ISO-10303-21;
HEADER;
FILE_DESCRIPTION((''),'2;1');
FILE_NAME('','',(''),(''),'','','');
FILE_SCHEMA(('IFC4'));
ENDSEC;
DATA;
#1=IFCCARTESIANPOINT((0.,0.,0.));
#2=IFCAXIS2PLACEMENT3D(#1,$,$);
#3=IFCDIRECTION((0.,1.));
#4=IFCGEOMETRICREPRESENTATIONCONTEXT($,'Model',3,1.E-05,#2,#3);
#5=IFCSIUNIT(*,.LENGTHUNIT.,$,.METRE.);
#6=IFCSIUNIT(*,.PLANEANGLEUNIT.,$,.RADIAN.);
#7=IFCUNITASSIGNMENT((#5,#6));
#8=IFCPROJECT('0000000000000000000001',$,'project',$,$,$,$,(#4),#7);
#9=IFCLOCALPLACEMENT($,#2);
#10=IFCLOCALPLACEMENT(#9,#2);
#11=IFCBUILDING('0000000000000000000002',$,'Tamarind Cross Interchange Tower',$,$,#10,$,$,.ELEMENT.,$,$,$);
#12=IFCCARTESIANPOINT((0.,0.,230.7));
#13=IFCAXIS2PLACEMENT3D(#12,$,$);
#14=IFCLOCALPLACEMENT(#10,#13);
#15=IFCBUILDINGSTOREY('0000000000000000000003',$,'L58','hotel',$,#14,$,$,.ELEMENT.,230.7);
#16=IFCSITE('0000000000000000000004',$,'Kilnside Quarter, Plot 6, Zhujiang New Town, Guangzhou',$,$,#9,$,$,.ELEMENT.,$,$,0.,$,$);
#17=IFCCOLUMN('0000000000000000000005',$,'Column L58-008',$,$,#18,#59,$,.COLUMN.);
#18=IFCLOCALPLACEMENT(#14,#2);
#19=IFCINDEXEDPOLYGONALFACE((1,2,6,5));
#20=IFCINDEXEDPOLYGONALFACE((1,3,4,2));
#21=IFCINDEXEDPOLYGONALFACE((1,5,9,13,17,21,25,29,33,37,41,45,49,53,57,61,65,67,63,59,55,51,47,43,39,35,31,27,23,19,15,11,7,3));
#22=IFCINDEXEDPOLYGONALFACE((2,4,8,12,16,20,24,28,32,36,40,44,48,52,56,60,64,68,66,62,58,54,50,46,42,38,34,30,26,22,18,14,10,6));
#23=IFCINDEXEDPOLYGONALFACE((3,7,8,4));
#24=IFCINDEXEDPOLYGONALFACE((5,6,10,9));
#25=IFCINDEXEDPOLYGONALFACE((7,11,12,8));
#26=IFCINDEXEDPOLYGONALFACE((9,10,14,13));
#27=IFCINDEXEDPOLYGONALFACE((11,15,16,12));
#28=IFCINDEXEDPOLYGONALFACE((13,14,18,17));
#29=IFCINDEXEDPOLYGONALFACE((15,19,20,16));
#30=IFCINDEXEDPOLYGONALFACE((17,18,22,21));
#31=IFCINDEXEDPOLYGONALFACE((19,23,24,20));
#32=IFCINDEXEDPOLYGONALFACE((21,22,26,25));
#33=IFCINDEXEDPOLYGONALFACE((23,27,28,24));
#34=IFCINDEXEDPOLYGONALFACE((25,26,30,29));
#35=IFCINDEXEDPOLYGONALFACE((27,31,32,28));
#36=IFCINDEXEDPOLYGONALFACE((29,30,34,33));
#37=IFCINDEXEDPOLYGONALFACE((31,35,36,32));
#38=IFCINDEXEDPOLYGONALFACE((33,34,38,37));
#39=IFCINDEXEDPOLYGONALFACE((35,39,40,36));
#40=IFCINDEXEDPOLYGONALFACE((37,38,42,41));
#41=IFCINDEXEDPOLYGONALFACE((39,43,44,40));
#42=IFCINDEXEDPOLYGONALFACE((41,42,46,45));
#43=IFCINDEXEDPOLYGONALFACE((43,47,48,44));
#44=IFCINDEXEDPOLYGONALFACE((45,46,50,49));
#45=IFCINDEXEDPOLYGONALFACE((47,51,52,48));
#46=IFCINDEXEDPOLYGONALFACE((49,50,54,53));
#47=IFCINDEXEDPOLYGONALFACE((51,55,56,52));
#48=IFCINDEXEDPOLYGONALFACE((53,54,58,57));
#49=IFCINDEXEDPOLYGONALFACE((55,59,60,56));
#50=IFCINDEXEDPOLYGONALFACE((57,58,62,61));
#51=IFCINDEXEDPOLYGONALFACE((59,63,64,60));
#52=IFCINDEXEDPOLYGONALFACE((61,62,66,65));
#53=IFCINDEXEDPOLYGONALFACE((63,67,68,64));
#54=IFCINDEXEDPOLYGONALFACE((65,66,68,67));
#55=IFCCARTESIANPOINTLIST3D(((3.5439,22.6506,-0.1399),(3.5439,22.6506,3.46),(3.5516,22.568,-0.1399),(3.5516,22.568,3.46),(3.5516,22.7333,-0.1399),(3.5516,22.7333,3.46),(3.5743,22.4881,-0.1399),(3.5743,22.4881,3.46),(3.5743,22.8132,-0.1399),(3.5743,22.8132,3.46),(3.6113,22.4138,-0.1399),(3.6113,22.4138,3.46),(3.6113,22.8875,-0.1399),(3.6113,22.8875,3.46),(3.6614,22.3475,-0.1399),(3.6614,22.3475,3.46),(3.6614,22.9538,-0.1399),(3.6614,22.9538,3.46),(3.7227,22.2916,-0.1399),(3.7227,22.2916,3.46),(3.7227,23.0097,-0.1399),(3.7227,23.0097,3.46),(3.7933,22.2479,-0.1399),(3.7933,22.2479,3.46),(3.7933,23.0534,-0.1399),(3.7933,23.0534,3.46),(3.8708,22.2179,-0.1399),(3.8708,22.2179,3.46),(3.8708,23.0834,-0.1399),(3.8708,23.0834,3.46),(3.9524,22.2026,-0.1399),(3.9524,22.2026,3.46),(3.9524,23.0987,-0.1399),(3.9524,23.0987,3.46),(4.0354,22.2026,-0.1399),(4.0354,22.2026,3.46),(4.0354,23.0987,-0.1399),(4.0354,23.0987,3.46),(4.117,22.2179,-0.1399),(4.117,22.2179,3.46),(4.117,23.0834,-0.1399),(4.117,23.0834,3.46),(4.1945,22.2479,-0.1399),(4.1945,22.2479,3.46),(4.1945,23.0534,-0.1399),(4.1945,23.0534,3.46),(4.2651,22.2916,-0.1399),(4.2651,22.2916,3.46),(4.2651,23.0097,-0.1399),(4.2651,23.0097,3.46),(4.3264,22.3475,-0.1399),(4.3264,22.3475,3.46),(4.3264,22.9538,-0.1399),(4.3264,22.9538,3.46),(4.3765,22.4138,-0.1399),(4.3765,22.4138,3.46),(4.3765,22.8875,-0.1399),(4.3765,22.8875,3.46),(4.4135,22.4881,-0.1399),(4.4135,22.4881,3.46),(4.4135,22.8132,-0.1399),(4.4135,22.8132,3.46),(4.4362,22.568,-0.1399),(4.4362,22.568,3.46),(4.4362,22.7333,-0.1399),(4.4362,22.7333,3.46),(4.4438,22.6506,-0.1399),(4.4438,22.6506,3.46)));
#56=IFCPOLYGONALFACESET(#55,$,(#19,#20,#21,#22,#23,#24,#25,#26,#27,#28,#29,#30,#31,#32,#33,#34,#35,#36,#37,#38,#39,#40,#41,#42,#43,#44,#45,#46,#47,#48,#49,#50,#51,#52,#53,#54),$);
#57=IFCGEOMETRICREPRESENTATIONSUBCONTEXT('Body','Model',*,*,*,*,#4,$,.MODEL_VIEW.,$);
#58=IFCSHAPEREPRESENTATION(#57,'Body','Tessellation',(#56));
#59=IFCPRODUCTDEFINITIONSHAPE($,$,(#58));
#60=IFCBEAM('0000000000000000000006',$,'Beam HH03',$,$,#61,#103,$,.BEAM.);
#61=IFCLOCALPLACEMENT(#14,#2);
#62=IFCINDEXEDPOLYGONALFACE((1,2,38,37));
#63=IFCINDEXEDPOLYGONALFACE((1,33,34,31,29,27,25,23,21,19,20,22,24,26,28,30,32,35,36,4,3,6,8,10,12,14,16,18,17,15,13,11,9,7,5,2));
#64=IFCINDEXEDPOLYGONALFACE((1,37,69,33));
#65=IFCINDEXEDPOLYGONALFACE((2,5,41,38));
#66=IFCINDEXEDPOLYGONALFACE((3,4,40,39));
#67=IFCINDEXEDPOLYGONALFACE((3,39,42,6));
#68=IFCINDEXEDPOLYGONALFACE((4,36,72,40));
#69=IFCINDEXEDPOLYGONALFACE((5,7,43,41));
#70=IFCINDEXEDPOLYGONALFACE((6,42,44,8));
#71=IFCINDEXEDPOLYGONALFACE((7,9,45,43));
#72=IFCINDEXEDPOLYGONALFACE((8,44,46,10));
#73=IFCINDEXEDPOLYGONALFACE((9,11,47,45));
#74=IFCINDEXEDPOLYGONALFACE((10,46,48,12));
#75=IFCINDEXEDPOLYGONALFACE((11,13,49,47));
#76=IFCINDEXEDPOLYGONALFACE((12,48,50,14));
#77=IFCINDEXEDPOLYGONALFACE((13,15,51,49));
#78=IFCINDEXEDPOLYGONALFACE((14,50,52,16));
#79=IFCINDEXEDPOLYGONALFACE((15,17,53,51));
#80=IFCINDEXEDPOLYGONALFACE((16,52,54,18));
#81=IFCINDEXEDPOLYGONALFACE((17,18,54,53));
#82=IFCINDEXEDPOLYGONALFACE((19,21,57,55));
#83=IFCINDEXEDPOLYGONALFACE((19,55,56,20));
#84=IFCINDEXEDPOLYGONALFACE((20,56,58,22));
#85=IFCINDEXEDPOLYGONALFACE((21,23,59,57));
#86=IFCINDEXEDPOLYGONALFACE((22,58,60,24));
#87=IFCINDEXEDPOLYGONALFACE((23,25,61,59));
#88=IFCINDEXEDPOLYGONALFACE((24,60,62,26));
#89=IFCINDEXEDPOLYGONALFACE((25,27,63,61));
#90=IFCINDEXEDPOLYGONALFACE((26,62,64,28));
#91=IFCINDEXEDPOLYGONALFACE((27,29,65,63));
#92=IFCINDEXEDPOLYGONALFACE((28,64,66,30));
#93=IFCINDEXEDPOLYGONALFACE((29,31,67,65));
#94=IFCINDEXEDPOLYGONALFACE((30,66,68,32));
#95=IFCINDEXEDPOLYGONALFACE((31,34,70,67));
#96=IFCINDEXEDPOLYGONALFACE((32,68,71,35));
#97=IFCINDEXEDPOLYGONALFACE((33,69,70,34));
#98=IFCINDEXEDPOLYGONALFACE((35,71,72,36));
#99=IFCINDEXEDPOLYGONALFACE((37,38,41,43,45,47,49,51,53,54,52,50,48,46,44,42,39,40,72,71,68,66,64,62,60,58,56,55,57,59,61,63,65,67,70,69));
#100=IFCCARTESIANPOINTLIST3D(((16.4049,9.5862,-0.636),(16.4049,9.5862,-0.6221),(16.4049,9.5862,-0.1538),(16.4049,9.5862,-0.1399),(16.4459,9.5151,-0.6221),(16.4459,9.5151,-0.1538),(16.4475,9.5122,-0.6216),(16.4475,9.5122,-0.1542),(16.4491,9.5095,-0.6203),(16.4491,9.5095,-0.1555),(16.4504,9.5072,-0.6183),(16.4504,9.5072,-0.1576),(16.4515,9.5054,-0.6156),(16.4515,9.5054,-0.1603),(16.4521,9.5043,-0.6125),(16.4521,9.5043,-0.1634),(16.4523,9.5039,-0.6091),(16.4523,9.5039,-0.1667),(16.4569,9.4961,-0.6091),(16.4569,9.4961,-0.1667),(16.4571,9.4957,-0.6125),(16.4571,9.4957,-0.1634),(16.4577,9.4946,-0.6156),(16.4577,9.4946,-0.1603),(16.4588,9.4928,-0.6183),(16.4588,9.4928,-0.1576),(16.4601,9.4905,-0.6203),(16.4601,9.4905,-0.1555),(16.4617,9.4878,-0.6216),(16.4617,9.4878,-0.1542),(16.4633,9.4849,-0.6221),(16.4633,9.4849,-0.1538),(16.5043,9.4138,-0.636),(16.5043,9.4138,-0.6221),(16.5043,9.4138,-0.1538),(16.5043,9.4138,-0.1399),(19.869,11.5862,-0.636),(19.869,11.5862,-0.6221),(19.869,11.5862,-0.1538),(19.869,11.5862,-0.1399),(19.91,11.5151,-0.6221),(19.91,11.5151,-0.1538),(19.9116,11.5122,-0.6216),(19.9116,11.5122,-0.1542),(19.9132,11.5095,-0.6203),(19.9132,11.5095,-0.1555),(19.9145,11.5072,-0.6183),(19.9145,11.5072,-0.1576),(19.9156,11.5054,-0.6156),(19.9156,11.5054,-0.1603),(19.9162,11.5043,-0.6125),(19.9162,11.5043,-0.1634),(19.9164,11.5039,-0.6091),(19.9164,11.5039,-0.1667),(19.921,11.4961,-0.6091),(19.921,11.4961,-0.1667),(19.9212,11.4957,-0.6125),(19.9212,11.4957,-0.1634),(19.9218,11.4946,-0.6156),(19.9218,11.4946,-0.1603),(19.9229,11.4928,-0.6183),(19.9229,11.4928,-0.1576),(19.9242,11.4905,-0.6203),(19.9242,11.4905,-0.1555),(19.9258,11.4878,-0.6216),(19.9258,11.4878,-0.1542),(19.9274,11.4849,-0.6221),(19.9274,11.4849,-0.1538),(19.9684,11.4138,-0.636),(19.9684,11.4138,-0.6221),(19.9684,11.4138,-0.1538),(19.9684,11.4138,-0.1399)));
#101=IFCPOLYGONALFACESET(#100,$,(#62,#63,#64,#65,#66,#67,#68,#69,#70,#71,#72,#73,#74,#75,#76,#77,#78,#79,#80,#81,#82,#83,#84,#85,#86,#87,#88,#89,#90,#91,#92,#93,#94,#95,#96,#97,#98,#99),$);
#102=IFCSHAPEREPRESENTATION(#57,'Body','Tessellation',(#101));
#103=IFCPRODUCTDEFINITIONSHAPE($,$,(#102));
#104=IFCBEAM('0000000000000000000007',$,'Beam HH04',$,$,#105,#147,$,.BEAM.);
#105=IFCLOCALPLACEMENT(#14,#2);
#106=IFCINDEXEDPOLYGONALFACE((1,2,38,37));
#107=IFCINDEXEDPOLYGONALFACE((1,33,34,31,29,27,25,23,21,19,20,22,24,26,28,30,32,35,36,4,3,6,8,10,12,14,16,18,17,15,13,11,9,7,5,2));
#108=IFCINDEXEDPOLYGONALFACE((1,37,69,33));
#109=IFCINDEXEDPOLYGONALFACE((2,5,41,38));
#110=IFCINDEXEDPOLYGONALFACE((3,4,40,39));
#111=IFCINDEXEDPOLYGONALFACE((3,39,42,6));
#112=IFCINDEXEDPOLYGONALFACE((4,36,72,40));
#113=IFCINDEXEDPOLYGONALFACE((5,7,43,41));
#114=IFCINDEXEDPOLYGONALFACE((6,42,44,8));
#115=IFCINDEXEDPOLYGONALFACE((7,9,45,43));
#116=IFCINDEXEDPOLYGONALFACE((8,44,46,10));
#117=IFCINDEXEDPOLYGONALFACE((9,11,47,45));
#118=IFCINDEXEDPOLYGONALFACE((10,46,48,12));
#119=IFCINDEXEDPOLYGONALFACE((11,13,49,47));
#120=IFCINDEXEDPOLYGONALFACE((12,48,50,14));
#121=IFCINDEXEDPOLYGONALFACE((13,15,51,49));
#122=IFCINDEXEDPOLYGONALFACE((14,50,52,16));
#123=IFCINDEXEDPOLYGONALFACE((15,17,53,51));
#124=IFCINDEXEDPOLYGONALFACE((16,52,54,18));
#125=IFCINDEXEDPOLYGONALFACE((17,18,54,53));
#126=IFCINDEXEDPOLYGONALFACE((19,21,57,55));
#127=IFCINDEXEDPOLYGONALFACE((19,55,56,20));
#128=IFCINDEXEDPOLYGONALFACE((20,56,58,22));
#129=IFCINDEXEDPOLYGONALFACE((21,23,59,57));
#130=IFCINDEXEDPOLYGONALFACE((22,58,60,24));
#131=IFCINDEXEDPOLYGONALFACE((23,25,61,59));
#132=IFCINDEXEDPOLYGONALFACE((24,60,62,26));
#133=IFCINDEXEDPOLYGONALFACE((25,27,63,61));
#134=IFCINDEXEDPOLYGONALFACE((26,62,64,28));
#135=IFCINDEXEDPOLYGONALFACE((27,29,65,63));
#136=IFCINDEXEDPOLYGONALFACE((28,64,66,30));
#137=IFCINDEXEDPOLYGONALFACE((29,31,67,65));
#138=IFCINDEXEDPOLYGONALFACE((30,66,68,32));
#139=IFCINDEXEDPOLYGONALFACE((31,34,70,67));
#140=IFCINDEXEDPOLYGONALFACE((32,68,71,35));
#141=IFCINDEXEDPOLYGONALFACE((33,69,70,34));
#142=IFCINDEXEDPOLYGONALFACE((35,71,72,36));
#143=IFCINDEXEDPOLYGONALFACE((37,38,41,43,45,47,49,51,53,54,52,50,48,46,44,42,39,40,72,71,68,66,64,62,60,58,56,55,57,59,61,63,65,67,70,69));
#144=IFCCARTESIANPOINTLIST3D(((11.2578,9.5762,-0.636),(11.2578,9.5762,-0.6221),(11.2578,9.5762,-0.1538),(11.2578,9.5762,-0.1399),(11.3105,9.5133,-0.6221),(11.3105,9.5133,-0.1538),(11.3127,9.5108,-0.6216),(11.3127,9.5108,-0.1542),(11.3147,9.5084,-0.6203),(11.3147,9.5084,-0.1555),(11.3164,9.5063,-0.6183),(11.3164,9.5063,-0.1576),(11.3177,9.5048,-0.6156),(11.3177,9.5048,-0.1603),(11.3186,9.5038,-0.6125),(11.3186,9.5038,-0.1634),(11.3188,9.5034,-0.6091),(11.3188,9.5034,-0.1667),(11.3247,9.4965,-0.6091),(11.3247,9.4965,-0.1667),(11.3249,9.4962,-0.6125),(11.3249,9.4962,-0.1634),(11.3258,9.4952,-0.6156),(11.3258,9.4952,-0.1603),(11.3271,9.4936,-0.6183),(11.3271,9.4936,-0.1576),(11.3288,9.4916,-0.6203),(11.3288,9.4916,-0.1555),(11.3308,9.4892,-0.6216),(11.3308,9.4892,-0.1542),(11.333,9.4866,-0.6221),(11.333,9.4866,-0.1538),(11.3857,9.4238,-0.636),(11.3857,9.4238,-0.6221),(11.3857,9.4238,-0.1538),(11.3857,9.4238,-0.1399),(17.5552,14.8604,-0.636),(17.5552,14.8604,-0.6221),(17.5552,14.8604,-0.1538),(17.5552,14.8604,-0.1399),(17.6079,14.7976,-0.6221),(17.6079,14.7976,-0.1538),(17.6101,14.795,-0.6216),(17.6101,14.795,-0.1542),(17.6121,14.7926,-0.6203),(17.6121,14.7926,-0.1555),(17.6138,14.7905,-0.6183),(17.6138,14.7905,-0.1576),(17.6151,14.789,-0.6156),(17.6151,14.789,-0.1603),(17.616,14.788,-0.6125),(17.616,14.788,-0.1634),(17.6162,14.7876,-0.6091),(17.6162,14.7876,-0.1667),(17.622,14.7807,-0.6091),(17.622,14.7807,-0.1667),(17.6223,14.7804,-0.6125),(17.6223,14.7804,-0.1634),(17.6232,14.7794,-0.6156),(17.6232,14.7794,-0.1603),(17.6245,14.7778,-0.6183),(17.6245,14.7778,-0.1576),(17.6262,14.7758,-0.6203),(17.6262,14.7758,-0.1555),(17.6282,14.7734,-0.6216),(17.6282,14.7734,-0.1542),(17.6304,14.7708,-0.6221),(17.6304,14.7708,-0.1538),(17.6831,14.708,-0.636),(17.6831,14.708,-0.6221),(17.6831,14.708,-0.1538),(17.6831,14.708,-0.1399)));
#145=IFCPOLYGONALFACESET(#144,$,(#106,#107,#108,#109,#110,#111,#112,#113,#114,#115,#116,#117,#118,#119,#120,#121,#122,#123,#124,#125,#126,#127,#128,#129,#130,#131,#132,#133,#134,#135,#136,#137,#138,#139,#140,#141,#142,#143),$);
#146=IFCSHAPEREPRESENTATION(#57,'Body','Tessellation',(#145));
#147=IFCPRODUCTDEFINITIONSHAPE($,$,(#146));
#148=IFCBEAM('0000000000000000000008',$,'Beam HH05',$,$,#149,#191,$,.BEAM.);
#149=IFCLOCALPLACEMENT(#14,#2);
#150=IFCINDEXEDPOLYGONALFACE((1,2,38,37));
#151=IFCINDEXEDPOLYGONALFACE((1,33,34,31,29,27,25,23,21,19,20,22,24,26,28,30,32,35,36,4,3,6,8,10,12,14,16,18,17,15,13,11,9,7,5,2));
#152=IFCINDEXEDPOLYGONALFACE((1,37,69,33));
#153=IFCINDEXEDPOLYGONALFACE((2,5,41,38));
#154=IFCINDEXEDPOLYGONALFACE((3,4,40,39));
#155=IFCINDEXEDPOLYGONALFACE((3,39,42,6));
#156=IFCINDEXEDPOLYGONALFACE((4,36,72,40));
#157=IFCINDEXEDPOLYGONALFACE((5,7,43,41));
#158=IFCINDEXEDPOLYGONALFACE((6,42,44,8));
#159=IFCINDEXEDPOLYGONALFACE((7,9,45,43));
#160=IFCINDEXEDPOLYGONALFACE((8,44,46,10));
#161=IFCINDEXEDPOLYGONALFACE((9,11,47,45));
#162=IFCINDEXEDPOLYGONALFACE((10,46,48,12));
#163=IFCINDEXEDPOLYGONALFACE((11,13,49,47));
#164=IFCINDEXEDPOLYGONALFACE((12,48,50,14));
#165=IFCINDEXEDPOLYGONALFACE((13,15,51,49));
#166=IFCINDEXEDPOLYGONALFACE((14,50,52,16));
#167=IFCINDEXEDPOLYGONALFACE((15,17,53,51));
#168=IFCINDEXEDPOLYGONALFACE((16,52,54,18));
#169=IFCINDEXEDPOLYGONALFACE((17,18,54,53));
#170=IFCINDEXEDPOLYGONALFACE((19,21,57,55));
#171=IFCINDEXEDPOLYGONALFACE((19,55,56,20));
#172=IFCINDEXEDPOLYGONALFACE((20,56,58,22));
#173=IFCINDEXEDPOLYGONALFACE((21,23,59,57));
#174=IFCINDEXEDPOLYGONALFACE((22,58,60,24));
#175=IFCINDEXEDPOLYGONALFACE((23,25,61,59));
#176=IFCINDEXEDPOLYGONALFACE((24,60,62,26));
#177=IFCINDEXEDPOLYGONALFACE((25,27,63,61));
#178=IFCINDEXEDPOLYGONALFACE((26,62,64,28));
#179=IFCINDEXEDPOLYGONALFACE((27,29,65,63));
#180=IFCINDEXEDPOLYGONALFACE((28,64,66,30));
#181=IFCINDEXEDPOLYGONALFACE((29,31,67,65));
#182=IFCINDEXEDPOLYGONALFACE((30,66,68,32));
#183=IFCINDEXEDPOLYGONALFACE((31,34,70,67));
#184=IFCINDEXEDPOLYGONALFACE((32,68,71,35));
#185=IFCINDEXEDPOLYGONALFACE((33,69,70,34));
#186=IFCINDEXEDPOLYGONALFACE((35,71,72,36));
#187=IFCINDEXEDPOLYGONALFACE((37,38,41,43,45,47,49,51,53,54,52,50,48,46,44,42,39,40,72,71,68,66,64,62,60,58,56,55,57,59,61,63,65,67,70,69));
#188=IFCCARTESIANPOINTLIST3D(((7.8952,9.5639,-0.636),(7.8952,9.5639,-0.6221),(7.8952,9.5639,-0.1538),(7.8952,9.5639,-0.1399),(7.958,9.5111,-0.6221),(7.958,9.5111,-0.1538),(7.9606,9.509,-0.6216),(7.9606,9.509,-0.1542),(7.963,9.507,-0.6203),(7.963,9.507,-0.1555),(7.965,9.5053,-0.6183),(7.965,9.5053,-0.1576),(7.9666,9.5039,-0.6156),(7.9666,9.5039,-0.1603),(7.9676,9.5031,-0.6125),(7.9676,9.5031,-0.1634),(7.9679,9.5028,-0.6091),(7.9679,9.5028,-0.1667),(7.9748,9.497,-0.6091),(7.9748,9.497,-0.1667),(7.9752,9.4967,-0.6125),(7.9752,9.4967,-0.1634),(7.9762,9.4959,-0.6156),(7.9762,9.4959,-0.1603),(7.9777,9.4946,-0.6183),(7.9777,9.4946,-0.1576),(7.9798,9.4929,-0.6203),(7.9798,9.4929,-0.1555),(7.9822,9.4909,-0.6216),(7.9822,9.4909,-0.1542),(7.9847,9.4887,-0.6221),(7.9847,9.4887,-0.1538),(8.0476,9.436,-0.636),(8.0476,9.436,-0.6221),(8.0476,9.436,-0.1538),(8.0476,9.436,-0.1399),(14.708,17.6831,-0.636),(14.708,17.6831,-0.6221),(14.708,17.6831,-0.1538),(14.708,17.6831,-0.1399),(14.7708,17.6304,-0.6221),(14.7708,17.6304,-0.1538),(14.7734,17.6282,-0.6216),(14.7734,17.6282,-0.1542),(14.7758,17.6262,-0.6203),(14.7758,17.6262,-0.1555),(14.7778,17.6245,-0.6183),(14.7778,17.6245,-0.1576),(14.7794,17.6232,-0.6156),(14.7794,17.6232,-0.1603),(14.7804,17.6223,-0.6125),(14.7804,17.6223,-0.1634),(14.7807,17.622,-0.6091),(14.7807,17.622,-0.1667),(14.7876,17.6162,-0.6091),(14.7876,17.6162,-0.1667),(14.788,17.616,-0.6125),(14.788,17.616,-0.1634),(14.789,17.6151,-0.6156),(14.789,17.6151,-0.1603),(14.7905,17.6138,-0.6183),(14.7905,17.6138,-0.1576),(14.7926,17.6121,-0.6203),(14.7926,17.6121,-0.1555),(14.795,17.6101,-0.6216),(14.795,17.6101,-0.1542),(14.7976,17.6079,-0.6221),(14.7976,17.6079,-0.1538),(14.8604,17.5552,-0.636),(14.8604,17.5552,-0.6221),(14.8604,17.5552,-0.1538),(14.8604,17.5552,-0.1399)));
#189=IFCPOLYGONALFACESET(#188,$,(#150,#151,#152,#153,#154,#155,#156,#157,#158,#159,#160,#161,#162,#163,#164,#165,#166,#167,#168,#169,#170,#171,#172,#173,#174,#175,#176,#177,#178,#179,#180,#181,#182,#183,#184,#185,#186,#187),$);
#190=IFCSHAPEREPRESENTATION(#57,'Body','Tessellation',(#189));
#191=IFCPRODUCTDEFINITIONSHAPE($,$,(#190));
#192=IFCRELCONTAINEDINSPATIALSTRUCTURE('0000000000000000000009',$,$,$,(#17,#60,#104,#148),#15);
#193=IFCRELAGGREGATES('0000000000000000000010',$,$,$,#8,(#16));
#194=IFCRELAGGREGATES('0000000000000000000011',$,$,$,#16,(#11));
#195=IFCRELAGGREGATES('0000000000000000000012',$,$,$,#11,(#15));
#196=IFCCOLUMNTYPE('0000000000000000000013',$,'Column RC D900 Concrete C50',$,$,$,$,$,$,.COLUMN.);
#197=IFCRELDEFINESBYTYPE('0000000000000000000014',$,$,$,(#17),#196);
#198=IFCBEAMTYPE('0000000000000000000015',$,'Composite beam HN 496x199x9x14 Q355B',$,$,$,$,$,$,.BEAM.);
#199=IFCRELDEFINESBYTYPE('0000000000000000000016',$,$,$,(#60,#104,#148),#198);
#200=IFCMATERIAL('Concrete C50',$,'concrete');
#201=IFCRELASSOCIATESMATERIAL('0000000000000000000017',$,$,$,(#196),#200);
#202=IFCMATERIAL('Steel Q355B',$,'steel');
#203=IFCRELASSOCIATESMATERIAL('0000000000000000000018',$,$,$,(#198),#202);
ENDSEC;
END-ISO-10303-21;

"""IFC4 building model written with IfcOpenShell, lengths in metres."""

from ifc_helpers import new_model, si_unit, direction, frame, origin, origin_2d, place, context, subcontext, project, spatial, circle, i_section, extrude, material, material_profile, profile_set, type_object, element, save


model = new_model("IFC4")

# Units and contexts
model_context = context("Model", 3, precision=1e-05, world=origin(), true_north=direction((0.0, 1.0)))
body_context = subcontext(model_context, "Body", "Model", "MODEL_VIEW")
ifc_project = project(units=[si_unit("LENGTHUNIT", "METRE"), si_unit("PLANEANGLEUNIT", "RADIAN")], contexts=[model_context])

# Site, building, storey
site_placement = place(None, origin())
site = spatial("IfcSite", under=ifc_project, at=site_placement, Name="Kilnside Quarter, Plot 6, Zhujiang New Town, Guangzhou", CompositionType="ELEMENT", RefElevation=0.0)
building_placement = place(site_placement, origin())
building = spatial("IfcBuilding", under=site, at=building_placement, Name="Tamarind Cross Interchange Tower", CompositionType="ELEMENT")
storey_placement = place(building_placement, frame((0.0, 0.0, 230.7)))
storey = spatial("IfcBuildingStorey", under=building, at=storey_placement, Name="L58", Description="hotel", CompositionType="ELEMENT", Elevation=230.7)

# Column
ifc_material_1 = material(Name="Concrete C50", Category="concrete")
ifc_material_profile_1 = material_profile(ifc_material_1, circle(Radius=0.45, at=origin_2d()), Name="RC D900")
ifc_profile_set_1 = profile_set([ifc_material_profile_1], Name="Concrete C50")
column_type = type_object("IfcColumnType", Name="Column RC D900 Concrete C50", PredefinedType="COLUMN", material=ifc_profile_set_1)
for number, where, z_axis, x_axis, name in (
    (1, (3.9939, 22.6506, -0.1399), (0.0, 0.0, 1.0), (1.0, 0.0, 0.0), "Column L58-008"),
):
    element("IfcColumn", number, at=place(storey_placement, frame(where, z_axis=z_axis, x_axis=x_axis)), inside=storey, type_object=column_type, Name=name, PredefinedType="COLUMN", context=body_context, shape_type="SweptSolid", body=[
        extrude(circle(Radius=0.45, at=origin_2d()), origin(), (0.0, 0.0, 1.0), 3.5999),
    ])

# Beams
ifc_material_2 = material(Name="Steel Q355B", Category="steel")
ifc_material_profile_2 = material_profile(ifc_material_2, i_section(OverallWidth=0.199, OverallDepth=0.4961, WebThickness=0.009, FlangeThickness=0.0139, FilletRadius=0.0129, at=origin_2d()), Name="HN 496x199x9x14")
ifc_profile_set_2 = profile_set([ifc_material_profile_2], Name="Steel Q355B")
beam_type = type_object("IfcBeamType", Name="Composite beam HN 496x199x9x14 Q355B", PredefinedType="BEAM", material=ifc_profile_set_2)
beam_1_placement = place(storey_placement, frame((19.9187, 11.5, -0.3879), z_axis=(-0.866026, -0.499999, 0.0), x_axis=(0.499999, -0.866026, 0.0)))
element("IfcBeam", 2, at=beam_1_placement, inside=storey, type_object=beam_type, Name="Beam HH03", PredefinedType="BEAM", context=body_context, shape_type="SweptSolid", body=[
    extrude(i_section(OverallWidth=0.199, OverallDepth=0.4961, WebThickness=0.009, FlangeThickness=0.0139, FilletRadius=0.0129, at=origin_2d()), origin(), (0.0, 0.0, 1.0), 4.0),
])
beam_2_placement = place(storey_placement, frame((17.6191, 14.7842, -0.3879), z_axis=(-0.766041, -0.642792, 0.0), x_axis=(0.642792, -0.766041, 0.0)))
element("IfcBeam", 3, at=beam_2_placement, inside=storey, type_object=beam_type, Name="Beam HH04", PredefinedType="BEAM", context=body_context, shape_type="SweptSolid", body=[
    extrude(i_section(OverallWidth=0.199, OverallDepth=0.4961, WebThickness=0.009, FlangeThickness=0.0139, FilletRadius=0.0129, at=origin_2d()), origin(), (0.0, 0.0, 1.0), 8.2207),
])
beam_3_placement = place(storey_placement, frame((14.7842, 17.6191, -0.3879), z_axis=(-0.642786, -0.766046, 0.0), x_axis=(0.766046, -0.642786, 0.0)))
element("IfcBeam", 4, at=beam_3_placement, inside=storey, type_object=beam_type, Name="Beam HH05", PredefinedType="BEAM", context=body_context, shape_type="SweptSolid", body=[
    extrude(i_section(OverallWidth=0.199, OverallDepth=0.4961, WebThickness=0.009, FlangeThickness=0.0139, FilletRadius=0.0129, at=origin_2d()), origin(), (0.0, 0.0, 1.0), 10.5989),
])

save(model, "model.ifc")
